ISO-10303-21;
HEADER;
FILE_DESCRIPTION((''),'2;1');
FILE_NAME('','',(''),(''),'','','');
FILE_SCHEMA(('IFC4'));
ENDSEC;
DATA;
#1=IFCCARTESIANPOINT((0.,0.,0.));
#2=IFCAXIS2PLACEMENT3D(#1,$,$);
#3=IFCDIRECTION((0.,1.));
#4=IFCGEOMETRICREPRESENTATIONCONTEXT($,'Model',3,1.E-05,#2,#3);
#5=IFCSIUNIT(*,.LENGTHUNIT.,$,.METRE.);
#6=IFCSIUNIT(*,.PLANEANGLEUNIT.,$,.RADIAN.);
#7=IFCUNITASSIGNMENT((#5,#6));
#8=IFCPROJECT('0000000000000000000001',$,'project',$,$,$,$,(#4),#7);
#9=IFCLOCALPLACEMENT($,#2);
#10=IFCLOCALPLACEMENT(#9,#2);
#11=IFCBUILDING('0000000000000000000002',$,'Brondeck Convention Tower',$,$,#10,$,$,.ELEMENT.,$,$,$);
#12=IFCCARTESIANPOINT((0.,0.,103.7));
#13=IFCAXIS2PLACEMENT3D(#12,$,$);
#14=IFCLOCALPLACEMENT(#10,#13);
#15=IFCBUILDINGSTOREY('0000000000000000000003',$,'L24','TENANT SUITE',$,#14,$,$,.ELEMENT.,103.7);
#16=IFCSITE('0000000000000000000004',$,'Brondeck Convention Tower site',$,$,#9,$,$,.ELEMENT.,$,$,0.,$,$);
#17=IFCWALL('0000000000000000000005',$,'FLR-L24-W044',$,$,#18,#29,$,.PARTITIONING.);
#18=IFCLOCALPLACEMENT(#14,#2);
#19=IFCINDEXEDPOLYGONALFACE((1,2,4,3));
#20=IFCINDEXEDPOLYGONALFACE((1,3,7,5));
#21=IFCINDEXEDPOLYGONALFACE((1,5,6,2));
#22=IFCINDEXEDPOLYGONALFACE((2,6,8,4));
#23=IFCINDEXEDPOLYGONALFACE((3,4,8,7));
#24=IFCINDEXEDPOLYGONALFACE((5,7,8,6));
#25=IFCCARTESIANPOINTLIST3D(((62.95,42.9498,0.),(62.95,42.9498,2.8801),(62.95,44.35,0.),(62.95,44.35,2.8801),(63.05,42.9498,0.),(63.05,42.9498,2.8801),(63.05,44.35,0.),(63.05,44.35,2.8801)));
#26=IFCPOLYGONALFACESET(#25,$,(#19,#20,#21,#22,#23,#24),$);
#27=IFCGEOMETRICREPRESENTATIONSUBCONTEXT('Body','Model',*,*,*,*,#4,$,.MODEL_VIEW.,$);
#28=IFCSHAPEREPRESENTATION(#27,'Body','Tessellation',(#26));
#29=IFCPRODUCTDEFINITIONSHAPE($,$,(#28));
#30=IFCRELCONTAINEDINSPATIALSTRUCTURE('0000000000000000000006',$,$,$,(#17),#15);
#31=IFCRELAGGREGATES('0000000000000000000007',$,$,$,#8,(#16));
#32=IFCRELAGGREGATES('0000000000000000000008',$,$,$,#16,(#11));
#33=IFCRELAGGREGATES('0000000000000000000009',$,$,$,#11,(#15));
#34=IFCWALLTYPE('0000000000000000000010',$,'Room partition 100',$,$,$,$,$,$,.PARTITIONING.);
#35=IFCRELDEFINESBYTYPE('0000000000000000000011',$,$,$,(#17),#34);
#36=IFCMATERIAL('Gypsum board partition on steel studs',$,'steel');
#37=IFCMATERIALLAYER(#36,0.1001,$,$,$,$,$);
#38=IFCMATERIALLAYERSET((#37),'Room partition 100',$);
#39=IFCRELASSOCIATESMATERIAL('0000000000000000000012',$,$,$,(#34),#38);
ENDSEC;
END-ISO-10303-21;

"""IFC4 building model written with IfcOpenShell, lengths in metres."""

from ifc_helpers import new_model, si_unit, direction, frame, frame_2d, origin, place, context, subcontext, project, spatial, rectangle, extrude, material, layer, layer_set, type_object, element, save


model = new_model("IFC4")

# Units and contexts
model_context = context("Model", 3, precision=1e-05, world=origin(), true_north=direction((0.0, 1.0)))
body_context = subcontext(model_context, "Body", "Model", "MODEL_VIEW")
ifc_project = project(units=[si_unit("LENGTHUNIT", "METRE"), si_unit("PLANEANGLEUNIT", "RADIAN")], contexts=[model_context])

# Site, building, storey
site_placement = place(None, origin())
site = spatial("IfcSite", under=ifc_project, at=site_placement, Name="Brondeck Convention Tower site", CompositionType="ELEMENT", RefElevation=0.0)
building_placement = place(site_placement, origin())
building = spatial("IfcBuilding", under=site, at=building_placement, Name="Brondeck Convention Tower", CompositionType="ELEMENT")
storey_placement = place(building_placement, frame((0.0, 0.0, 103.7)))
storey = spatial("IfcBuildingStorey", under=building, at=storey_placement, Name="L24", Description="TENANT SUITE", CompositionType="ELEMENT", Elevation=103.7)

# Shared definitions
ifc_material_1 = material(Name="Gypsum board partition on steel studs", Category="steel")
ifc_layer_1 = layer(ifc_material_1, 0.1001)
ifc_layer_set_1 = layer_set([ifc_layer_1], Name="Room partition 100")
wall_type_1 = type_object("IfcWallType", Name="Room partition 100", PredefinedType="PARTITIONING", material=ifc_layer_set_1)

# Wall
wall_1_placement = place(storey_placement, frame((63.0, 44.3501, 0.0), z_axis=(0.0, 0.0, 1.0), x_axis=(0.0, -1.0, 0.0)))
element("IfcWall", 1, at=wall_1_placement, inside=storey, type_object=wall_type_1, Name="FLR-L24-W044", PredefinedType="PARTITIONING", context=body_context, shape_type="SweptSolid", body=[
    extrude(rectangle(XDim=1.4001, YDim=0.1001, at=frame_2d((0.7002, 0.0))), origin(), (0.0, 0.0, 1.0), 2.8801),
])

save(model, "model.ifc")
